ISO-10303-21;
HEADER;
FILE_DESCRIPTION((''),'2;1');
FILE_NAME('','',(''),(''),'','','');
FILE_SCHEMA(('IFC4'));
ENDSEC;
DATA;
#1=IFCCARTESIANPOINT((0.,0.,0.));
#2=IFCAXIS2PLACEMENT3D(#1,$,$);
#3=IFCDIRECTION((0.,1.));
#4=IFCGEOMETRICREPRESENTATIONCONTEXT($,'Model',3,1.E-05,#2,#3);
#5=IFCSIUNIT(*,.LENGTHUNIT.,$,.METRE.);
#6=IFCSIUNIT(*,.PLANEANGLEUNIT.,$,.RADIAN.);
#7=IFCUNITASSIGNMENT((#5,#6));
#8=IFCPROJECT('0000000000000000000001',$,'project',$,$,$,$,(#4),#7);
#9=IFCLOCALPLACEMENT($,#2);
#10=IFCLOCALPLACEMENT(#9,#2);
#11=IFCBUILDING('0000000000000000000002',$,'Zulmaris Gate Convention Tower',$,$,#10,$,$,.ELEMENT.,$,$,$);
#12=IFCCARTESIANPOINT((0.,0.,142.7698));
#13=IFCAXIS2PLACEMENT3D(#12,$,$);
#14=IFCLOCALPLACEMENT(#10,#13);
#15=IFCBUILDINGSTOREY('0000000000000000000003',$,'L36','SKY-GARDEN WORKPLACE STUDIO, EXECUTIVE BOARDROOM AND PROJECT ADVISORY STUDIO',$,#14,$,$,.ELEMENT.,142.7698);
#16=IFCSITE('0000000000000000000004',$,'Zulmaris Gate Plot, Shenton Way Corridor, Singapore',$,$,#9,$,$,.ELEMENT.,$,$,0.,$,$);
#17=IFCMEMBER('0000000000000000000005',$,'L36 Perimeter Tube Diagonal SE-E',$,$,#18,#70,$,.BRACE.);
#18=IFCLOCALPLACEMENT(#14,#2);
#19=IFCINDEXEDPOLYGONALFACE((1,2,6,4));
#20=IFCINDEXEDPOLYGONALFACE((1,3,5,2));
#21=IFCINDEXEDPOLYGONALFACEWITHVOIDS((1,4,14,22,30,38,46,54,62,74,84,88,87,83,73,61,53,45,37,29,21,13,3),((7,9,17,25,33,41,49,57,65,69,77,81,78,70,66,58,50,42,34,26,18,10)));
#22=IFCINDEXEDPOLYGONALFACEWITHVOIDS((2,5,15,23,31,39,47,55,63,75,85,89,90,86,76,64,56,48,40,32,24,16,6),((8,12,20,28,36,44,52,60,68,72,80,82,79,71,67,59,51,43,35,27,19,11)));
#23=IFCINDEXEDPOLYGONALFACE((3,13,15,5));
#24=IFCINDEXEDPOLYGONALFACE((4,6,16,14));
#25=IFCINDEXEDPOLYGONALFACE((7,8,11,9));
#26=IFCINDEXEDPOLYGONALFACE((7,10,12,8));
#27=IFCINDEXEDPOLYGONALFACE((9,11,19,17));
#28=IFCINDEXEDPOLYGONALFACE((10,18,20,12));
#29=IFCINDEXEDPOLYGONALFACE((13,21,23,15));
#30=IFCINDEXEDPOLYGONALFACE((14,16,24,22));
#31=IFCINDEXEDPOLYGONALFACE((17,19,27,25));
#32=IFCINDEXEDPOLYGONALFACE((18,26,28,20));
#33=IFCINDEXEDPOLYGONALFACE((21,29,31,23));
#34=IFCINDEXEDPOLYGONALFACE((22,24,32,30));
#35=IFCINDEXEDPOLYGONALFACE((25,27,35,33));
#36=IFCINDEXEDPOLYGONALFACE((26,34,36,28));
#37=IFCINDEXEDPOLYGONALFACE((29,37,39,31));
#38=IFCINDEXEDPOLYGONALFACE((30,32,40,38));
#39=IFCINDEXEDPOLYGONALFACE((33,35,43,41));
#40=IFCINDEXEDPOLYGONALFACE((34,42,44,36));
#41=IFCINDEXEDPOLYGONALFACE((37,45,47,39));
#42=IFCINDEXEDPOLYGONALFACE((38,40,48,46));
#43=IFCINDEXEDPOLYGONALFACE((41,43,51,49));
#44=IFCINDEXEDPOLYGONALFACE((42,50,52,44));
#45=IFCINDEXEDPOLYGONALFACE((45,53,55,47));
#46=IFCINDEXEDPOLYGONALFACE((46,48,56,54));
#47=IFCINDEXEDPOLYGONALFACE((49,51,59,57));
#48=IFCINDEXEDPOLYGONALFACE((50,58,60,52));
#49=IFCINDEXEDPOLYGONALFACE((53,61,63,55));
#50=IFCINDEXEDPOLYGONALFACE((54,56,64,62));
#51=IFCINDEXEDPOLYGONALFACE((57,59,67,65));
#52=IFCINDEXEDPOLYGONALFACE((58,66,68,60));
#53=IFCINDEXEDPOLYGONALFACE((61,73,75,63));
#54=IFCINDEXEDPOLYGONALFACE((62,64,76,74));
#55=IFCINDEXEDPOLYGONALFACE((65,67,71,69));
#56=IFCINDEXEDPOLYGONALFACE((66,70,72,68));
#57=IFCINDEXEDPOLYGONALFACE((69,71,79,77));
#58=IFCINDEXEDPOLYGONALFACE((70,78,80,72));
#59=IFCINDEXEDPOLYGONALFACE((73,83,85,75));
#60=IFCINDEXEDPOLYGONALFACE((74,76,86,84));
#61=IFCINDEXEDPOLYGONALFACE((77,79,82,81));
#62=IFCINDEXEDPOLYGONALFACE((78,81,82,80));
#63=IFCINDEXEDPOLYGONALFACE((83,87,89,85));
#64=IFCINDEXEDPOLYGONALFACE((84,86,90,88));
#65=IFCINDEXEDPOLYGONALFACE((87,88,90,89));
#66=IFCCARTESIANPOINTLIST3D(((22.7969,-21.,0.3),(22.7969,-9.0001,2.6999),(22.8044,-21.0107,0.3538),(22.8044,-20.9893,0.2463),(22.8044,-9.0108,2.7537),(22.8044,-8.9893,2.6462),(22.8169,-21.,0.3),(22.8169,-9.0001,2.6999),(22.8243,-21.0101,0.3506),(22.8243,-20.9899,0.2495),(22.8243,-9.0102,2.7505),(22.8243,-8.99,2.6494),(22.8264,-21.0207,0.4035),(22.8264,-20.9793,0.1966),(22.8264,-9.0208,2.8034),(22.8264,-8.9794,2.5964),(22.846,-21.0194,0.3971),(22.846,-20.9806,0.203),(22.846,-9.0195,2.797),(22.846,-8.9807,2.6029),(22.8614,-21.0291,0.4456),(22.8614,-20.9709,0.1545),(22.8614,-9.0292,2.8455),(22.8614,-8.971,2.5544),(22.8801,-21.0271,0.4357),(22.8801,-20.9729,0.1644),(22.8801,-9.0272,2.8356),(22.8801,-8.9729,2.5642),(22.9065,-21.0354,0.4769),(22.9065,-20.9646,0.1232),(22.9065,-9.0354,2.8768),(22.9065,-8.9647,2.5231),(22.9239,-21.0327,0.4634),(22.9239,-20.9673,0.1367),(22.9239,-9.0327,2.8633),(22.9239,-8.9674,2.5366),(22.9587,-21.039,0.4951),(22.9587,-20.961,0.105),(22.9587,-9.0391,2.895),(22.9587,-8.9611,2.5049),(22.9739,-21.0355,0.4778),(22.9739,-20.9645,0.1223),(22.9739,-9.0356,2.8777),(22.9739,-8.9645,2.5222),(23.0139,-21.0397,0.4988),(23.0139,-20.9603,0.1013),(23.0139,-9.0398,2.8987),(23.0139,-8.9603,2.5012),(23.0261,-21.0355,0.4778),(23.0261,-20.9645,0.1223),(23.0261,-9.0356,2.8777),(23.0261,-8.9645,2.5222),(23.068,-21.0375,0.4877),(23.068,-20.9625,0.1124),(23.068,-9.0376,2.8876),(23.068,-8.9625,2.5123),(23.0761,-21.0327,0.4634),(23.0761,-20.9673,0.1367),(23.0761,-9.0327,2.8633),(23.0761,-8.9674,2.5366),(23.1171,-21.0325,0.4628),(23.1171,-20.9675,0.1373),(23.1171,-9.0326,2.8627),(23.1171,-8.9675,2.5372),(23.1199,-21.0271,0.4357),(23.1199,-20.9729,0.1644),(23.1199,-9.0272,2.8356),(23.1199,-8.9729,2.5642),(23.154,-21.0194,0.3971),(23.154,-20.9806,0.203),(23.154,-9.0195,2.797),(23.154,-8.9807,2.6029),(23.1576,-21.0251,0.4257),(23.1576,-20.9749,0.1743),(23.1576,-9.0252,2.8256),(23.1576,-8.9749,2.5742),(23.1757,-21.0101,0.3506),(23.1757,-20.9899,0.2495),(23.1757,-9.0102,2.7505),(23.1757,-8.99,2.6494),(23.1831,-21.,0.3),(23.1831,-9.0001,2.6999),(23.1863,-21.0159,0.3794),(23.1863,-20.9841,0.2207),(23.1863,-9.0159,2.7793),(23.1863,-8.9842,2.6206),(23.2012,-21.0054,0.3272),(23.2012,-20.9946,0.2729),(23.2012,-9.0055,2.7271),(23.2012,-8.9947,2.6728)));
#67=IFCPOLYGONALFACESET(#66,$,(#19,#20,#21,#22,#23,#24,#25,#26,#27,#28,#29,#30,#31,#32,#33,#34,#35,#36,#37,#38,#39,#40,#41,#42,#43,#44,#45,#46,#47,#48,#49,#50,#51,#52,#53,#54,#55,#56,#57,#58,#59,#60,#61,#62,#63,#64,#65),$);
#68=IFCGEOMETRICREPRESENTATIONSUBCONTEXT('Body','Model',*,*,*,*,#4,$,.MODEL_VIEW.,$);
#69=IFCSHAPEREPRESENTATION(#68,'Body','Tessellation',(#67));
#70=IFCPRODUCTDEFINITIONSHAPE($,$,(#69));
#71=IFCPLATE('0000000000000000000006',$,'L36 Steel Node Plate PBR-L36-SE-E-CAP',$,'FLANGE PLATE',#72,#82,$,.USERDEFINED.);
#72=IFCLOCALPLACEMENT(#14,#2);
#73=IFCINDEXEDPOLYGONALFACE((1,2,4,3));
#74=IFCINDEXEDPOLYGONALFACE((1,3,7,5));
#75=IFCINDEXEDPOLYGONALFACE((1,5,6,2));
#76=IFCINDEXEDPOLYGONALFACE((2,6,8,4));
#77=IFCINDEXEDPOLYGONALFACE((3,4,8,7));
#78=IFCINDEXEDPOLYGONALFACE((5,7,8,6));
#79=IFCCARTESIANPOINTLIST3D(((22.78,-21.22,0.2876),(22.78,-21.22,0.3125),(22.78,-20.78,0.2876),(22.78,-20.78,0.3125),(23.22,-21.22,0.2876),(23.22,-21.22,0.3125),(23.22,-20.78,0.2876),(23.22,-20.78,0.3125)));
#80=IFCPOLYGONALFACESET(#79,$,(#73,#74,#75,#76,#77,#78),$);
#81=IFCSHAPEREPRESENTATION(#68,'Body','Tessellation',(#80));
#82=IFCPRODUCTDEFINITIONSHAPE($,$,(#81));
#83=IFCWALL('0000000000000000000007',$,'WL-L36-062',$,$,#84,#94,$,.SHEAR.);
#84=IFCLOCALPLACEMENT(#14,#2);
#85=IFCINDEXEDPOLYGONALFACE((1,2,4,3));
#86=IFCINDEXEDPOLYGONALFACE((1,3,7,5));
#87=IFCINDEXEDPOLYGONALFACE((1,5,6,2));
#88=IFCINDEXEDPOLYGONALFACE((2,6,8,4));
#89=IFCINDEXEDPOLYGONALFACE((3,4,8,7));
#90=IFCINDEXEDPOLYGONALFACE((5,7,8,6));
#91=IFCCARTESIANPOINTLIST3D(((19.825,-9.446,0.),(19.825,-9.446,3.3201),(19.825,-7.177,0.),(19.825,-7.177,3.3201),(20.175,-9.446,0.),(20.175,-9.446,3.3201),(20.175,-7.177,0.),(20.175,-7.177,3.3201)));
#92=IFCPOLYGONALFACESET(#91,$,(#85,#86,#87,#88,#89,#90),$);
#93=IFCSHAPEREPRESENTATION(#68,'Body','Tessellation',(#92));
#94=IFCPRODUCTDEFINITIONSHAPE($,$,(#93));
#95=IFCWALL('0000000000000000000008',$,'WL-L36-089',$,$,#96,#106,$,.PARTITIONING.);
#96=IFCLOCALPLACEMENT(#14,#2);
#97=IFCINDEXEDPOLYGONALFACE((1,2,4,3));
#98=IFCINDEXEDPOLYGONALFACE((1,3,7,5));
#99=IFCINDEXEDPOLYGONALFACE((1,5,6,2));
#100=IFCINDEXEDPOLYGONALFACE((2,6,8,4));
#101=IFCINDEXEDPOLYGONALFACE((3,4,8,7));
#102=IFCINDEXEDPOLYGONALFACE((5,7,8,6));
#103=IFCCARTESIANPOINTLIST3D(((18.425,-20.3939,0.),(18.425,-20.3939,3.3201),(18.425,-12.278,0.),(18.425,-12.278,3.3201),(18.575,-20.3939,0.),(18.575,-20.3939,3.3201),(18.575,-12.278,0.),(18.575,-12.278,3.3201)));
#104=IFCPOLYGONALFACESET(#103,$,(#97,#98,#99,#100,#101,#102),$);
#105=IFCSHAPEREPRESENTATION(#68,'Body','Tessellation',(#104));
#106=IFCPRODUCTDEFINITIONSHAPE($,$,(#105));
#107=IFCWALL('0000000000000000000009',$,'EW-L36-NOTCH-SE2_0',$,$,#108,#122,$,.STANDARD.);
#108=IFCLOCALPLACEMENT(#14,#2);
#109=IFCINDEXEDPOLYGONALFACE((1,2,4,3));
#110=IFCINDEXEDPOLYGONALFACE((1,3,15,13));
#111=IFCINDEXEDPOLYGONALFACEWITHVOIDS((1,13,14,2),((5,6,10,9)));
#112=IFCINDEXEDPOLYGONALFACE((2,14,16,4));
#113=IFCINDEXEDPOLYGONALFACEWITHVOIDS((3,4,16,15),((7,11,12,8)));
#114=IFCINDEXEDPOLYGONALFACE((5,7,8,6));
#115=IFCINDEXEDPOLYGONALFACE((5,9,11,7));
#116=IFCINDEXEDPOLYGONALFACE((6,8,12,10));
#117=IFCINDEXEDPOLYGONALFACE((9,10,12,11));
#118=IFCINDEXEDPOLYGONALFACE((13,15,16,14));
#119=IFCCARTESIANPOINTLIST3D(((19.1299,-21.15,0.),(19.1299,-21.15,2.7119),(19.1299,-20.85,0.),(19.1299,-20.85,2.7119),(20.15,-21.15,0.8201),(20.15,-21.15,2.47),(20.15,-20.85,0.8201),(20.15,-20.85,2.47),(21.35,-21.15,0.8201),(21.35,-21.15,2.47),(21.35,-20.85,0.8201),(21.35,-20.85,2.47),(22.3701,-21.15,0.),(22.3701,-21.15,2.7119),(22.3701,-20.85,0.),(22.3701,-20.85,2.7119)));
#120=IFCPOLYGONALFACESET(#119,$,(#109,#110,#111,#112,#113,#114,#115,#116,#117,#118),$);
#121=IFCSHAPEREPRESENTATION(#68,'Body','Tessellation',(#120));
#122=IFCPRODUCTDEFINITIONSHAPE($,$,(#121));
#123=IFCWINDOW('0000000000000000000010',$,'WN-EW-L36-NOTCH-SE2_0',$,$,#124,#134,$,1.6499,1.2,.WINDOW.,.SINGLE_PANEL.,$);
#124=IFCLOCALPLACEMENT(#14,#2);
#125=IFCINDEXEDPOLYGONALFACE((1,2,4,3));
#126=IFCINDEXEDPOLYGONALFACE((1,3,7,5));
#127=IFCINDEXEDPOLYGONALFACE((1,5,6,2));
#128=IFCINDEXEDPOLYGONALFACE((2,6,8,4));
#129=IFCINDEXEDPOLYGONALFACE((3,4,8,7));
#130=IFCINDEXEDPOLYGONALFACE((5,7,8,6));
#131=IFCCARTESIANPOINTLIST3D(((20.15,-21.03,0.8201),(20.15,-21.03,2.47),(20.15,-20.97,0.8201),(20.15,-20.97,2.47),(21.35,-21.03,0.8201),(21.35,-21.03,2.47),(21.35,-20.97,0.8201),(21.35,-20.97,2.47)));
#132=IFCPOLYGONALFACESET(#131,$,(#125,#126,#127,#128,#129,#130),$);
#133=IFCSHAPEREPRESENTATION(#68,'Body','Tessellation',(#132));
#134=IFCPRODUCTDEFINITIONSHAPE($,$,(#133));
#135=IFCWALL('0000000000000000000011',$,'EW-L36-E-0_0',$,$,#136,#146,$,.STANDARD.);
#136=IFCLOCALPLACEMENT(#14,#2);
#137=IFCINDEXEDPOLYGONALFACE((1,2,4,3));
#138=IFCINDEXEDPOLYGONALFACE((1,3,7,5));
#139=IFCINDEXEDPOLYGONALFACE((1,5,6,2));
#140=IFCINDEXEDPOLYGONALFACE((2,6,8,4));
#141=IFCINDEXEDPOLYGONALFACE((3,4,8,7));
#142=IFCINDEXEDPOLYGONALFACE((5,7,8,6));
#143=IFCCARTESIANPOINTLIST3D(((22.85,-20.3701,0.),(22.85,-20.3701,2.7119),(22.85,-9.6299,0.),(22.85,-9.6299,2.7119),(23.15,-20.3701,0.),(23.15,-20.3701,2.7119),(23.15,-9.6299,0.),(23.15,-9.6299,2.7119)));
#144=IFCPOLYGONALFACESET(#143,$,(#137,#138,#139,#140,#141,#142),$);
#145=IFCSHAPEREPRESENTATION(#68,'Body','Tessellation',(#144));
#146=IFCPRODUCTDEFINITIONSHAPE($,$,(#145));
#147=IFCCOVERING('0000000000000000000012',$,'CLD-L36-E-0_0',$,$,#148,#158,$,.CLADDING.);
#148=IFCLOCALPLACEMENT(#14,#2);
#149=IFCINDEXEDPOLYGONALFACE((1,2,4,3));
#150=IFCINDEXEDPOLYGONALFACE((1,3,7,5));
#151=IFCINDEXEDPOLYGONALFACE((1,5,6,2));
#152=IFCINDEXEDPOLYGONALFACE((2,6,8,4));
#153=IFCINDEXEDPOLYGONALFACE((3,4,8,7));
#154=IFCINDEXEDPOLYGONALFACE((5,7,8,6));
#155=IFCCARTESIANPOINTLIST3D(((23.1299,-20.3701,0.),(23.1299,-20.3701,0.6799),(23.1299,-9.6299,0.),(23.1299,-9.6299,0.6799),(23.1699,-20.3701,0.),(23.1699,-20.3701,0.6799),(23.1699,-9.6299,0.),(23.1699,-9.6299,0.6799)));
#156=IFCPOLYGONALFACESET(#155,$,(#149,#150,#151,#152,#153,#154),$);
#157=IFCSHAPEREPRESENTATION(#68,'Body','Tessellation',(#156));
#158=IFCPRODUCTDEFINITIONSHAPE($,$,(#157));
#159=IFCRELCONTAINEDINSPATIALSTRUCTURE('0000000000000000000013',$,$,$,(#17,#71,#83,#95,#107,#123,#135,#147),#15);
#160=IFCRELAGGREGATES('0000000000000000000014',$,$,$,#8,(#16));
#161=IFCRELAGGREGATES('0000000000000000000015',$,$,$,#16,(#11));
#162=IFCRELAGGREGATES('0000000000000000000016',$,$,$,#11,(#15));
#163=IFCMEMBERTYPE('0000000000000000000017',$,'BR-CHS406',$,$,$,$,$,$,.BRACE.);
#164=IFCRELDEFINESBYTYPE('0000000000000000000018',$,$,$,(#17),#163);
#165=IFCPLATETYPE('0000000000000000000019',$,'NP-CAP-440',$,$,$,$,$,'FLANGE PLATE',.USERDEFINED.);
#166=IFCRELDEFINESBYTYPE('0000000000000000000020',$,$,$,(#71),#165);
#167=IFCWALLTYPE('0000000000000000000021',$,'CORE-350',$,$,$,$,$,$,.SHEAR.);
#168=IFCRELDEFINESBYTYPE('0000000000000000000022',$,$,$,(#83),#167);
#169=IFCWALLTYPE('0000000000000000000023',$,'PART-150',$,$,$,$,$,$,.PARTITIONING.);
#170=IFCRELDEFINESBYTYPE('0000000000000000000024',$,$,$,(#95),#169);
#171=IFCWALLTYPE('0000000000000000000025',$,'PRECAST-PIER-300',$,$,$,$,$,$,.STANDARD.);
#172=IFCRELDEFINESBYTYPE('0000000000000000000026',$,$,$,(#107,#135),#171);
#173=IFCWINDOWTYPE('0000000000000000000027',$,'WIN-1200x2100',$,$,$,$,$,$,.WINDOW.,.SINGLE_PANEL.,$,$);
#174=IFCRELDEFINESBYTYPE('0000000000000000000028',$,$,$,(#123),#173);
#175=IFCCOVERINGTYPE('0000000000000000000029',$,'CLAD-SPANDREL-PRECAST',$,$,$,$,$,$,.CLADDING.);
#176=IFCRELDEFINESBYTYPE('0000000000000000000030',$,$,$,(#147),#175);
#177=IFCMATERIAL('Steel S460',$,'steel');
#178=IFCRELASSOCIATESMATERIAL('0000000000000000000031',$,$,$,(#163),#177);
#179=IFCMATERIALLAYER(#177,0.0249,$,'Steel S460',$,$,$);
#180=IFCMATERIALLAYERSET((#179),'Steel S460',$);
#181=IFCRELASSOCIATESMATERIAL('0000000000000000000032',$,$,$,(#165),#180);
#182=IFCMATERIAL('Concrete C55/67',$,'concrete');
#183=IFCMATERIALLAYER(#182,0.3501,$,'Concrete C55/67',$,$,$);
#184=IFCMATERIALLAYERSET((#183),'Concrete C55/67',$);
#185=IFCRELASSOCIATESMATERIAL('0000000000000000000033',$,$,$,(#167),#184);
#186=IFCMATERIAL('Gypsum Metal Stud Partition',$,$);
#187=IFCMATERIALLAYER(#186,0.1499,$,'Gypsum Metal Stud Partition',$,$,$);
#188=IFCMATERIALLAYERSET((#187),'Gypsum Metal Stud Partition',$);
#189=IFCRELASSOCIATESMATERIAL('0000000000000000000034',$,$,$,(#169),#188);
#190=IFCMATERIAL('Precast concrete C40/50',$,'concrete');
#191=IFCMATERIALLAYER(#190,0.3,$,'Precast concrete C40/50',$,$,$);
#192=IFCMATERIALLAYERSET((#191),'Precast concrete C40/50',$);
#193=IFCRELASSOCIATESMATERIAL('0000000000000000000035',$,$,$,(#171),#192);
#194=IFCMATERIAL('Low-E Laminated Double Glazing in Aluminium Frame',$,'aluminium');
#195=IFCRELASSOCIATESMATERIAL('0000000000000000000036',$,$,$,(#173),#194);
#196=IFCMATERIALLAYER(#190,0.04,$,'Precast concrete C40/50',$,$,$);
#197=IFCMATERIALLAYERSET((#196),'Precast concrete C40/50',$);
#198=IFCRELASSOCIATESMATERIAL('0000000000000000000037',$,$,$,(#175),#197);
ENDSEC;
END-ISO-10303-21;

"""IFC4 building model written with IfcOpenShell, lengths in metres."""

from ifc_helpers import new_model, si_unit, direction, frame, frame_2d, origin, origin_2d, place, context, subcontext, project, spatial, rectangle, hollow_circle, extrude, material, layer, layer_set, material_profile, profile_set, type_object, element, fill, save


model = new_model("IFC4")

# Units and contexts
model_context = context("Model", 3, precision=1e-05, world=origin(), true_north=direction((0.0, 1.0)))
body_context = subcontext(model_context, "Body", "Model", "MODEL_VIEW")
ifc_project = project(units=[si_unit("LENGTHUNIT", "METRE"), si_unit("PLANEANGLEUNIT", "RADIAN")], contexts=[model_context])

# Site, building, storey
site_placement = place(None, origin())
site = spatial("IfcSite", under=ifc_project, at=site_placement, Name="Zulmaris Gate Plot, Shenton Way Corridor, Singapore", CompositionType="ELEMENT", RefElevation=0.0)
building_placement = place(site_placement, origin())
building = spatial("IfcBuilding", under=site, at=building_placement, Name="Zulmaris Gate Convention Tower", CompositionType="ELEMENT")
storey_placement = place(building_placement, frame((0.0, 0.0, 142.7698)))
storey = spatial("IfcBuildingStorey", under=building, at=storey_placement, Name="L36", Description="SKY-GARDEN WORKPLACE STUDIO, EXECUTIVE BOARDROOM AND PROJECT ADVISORY STUDIO", CompositionType="ELEMENT", Elevation=142.7698)

# Member
ifc_material_1 = material(Name="Steel S460", Category="steel")
ifc_material_profile_1 = material_profile(ifc_material_1, hollow_circle(Radius=0.2031, WallThickness=0.02, at=origin_2d()), Name="CHS 406.4x20")
ifc_profile_set_1 = profile_set([ifc_material_profile_1], Name="Steel S460")
member_type = type_object("IfcMemberType", Name="BR-CHS406", PredefinedType="BRACE", material=ifc_profile_set_1)
member_placement = place(storey_placement, frame((23.0, -21.0, 0.3), z_axis=(0.0, 0.980582, 0.196108), x_axis=(-1.0, 0.0, 0.0)))
element("IfcMember", 1, at=member_placement, inside=storey, type_object=member_type, Name="L36 Perimeter Tube Diagonal SE-E", PredefinedType="BRACE", context=body_context, shape_type="SweptSolid", body=[
    extrude(hollow_circle(Radius=0.2031, WallThickness=0.02, at=origin_2d()), origin(), (0.0, 0.0, 1.0), 12.2375),
])

# Plate
ifc_layer_1 = layer(ifc_material_1, 0.0249, Name="Steel S460")
ifc_layer_set_1 = layer_set([ifc_layer_1], Name="Steel S460")
plate_type = type_object("IfcPlateType", Name="NP-CAP-440", ElementType="FLANGE PLATE", PredefinedType="USERDEFINED", material=ifc_layer_set_1)
plate_placement = place(storey_placement, frame((23.0, -21.0, 0.2876), z_axis=(0.0, 0.0, 1.0), x_axis=(1.0, 0.0, 0.0)))
element("IfcPlate", 2, at=plate_placement, inside=storey, type_object=plate_type, Name="L36 Steel Node Plate PBR-L36-SE-E-CAP", ObjectType="FLANGE PLATE", PredefinedType="USERDEFINED", context=body_context, shape_type="SweptSolid", body=[
    extrude(rectangle(XDim=0.4399, YDim=0.4399, at=origin_2d()), origin(), (0.0, 0.0, 1.0), 0.0249),
])

# Wall
ifc_material_2 = material(Name="Concrete C55/67", Category="concrete")
ifc_layer_2 = layer(ifc_material_2, 0.3501, Name="Concrete C55/67")
ifc_layer_set_2 = layer_set([ifc_layer_2], Name="Concrete C55/67")
wall_type_1 = type_object("IfcWallType", Name="CORE-350", PredefinedType="SHEAR", material=ifc_layer_set_2)
wall_1_placement = place(storey_placement, frame((20.0, -9.446, 0.0), z_axis=(0.0, 0.0, 1.0), x_axis=(0.0, 1.0, 0.0)))
element("IfcWall", 3, at=wall_1_placement, inside=storey, type_object=wall_type_1, Name="WL-L36-062", PredefinedType="SHEAR", context=body_context, shape_type="SweptSolid", body=[
    extrude(rectangle(XDim=2.269, YDim=0.3501, at=frame_2d((1.1345, 0.0))), origin(), (0.0, 0.0, 1.0), 3.3201),
])

# Shared definitions
ifc_material_3 = material(Name="Gypsum Metal Stud Partition")
ifc_layer_3 = layer(ifc_material_3, 0.1499, Name="Gypsum Metal Stud Partition")
ifc_layer_set_3 = layer_set([ifc_layer_3], Name="Gypsum Metal Stud Partition")
wall_type_2 = type_object("IfcWallType", Name="PART-150", PredefinedType="PARTITIONING", material=ifc_layer_set_3)

# Wall
wall_2_placement = place(storey_placement, frame((18.5, -20.394, 0.0), z_axis=(0.0, 0.0, 1.0), x_axis=(0.0, 1.0, 0.0)))
element("IfcWall", 4, at=wall_2_placement, inside=storey, type_object=wall_type_2, Name="WL-L36-089", PredefinedType="PARTITIONING", context=body_context, shape_type="SweptSolid", body=[
    extrude(rectangle(XDim=8.116, YDim=0.1499, at=frame_2d((4.0581, 0.0))), origin(), (0.0, 0.0, 1.0), 3.3201),
])

# Wall, opening, window
ifc_material_4 = material(Name="Precast concrete C40/50", Category="concrete")
ifc_layer_4 = layer(ifc_material_4, 0.3, Name="Precast concrete C40/50")
ifc_layer_set_4 = layer_set([ifc_layer_4], Name="Precast concrete C40/50")
wall_type_3 = type_object("IfcWallType", Name="PRECAST-PIER-300", PredefinedType="STANDARD", material=ifc_layer_set_4)
wall_3_placement = place(storey_placement, frame((19.1299, -21.0, 0.0), z_axis=(0.0, 0.0, 1.0), x_axis=(1.0, 0.0, 0.0)))
wall_3 = element("IfcWall", 5, at=wall_3_placement, inside=storey, type_object=wall_type_3, Name="EW-L36-NOTCH-SE2_0", PredefinedType="STANDARD", context=body_context, shape_type="SweptSolid", body=[
    extrude(rectangle(XDim=3.2402, YDim=0.3, at=frame_2d((1.6201, 0.0))), origin(), (0.0, 0.0, 1.0), 2.7119),
])
opening_1_placement = place(wall_3_placement, frame((1.02, 0.0, 0.8201)))
opening_1 = element("IfcOpeningElement", 6, at=opening_1_placement, cuts=wall_3, PredefinedType="OPENING", context=body_context, shape_type="SweptSolid", body=[
    extrude(rectangle(XDim=1.2, YDim=1.6499, at=frame_2d((0.6001, 0.825))), frame((0.0, 0.1602, 0.0), z_axis=(0.0, -1.0, 0.0), x_axis=(1.0, 0.0, 0.0)), (0.0, 0.0, 1.0), 0.3201),
])
ifc_material_5 = material(Name="Low-E Laminated Double Glazing in Aluminium Frame", Category="aluminium")
window_type = type_object("IfcWindowType", Name="WIN-1200x2100", PartitioningType="SINGLE_PANEL", PredefinedType="WINDOW", material=ifc_material_5)
window_placement = place(opening_1_placement, origin())
window = element("IfcWindow", 7, at=window_placement, inside=storey, type_object=window_type, Name="WN-EW-L36-NOTCH-SE2_0", OverallHeight=1.6499, OverallWidth=1.2, PartitioningType="SINGLE_PANEL", PredefinedType="WINDOW", context=body_context, shape_type="SweptSolid", body=[
    extrude(rectangle(XDim=1.2, YDim=1.6499, at=frame_2d((0.6001, 0.825))), frame((0.0, 0.03, 0.0), z_axis=(0.0, -1.0, 0.0), x_axis=(1.0, 0.0, 0.0)), (0.0, 0.0, 1.0), 0.0601),
])
fill(opening_1, window)

# Wall
wall_4_placement = place(storey_placement, frame((23.0, -20.3701, 0.0), z_axis=(0.0, 0.0, 1.0), x_axis=(0.0, 1.0, 0.0)))
element("IfcWall", 8, at=wall_4_placement, inside=storey, type_object=wall_type_3, Name="EW-L36-E-0_0", PredefinedType="STANDARD", context=body_context, shape_type="SweptSolid", body=[
    extrude(rectangle(XDim=10.7402, YDim=0.3, at=frame_2d((5.3701, 0.0))), origin(), (0.0, 0.0, 1.0), 2.7119),
])

# Covering
ifc_layer_5 = layer(ifc_material_4, 0.04, Name="Precast concrete C40/50")
ifc_layer_set_5 = layer_set([ifc_layer_5], Name="Precast concrete C40/50")
covering_type = type_object("IfcCoveringType", Name="CLAD-SPANDREL-PRECAST", PredefinedType="CLADDING", material=ifc_layer_set_5)
covering_placement = place(storey_placement, frame((23.1499, -20.3701, 0.0), z_axis=(0.0, 0.0, 1.0), x_axis=(0.0, 1.0, 0.0)))
element("IfcCovering", 9, at=covering_placement, inside=storey, type_object=covering_type, Name="CLD-L36-E-0_0", PredefinedType="CLADDING", context=body_context, shape_type="SweptSolid", body=[
    extrude(rectangle(XDim=10.7402, YDim=0.04, at=frame_2d((5.3701, 0.0))), origin(), (0.0, 0.0, 1.0), 0.6799),
])

save(model, "model.ifc")
